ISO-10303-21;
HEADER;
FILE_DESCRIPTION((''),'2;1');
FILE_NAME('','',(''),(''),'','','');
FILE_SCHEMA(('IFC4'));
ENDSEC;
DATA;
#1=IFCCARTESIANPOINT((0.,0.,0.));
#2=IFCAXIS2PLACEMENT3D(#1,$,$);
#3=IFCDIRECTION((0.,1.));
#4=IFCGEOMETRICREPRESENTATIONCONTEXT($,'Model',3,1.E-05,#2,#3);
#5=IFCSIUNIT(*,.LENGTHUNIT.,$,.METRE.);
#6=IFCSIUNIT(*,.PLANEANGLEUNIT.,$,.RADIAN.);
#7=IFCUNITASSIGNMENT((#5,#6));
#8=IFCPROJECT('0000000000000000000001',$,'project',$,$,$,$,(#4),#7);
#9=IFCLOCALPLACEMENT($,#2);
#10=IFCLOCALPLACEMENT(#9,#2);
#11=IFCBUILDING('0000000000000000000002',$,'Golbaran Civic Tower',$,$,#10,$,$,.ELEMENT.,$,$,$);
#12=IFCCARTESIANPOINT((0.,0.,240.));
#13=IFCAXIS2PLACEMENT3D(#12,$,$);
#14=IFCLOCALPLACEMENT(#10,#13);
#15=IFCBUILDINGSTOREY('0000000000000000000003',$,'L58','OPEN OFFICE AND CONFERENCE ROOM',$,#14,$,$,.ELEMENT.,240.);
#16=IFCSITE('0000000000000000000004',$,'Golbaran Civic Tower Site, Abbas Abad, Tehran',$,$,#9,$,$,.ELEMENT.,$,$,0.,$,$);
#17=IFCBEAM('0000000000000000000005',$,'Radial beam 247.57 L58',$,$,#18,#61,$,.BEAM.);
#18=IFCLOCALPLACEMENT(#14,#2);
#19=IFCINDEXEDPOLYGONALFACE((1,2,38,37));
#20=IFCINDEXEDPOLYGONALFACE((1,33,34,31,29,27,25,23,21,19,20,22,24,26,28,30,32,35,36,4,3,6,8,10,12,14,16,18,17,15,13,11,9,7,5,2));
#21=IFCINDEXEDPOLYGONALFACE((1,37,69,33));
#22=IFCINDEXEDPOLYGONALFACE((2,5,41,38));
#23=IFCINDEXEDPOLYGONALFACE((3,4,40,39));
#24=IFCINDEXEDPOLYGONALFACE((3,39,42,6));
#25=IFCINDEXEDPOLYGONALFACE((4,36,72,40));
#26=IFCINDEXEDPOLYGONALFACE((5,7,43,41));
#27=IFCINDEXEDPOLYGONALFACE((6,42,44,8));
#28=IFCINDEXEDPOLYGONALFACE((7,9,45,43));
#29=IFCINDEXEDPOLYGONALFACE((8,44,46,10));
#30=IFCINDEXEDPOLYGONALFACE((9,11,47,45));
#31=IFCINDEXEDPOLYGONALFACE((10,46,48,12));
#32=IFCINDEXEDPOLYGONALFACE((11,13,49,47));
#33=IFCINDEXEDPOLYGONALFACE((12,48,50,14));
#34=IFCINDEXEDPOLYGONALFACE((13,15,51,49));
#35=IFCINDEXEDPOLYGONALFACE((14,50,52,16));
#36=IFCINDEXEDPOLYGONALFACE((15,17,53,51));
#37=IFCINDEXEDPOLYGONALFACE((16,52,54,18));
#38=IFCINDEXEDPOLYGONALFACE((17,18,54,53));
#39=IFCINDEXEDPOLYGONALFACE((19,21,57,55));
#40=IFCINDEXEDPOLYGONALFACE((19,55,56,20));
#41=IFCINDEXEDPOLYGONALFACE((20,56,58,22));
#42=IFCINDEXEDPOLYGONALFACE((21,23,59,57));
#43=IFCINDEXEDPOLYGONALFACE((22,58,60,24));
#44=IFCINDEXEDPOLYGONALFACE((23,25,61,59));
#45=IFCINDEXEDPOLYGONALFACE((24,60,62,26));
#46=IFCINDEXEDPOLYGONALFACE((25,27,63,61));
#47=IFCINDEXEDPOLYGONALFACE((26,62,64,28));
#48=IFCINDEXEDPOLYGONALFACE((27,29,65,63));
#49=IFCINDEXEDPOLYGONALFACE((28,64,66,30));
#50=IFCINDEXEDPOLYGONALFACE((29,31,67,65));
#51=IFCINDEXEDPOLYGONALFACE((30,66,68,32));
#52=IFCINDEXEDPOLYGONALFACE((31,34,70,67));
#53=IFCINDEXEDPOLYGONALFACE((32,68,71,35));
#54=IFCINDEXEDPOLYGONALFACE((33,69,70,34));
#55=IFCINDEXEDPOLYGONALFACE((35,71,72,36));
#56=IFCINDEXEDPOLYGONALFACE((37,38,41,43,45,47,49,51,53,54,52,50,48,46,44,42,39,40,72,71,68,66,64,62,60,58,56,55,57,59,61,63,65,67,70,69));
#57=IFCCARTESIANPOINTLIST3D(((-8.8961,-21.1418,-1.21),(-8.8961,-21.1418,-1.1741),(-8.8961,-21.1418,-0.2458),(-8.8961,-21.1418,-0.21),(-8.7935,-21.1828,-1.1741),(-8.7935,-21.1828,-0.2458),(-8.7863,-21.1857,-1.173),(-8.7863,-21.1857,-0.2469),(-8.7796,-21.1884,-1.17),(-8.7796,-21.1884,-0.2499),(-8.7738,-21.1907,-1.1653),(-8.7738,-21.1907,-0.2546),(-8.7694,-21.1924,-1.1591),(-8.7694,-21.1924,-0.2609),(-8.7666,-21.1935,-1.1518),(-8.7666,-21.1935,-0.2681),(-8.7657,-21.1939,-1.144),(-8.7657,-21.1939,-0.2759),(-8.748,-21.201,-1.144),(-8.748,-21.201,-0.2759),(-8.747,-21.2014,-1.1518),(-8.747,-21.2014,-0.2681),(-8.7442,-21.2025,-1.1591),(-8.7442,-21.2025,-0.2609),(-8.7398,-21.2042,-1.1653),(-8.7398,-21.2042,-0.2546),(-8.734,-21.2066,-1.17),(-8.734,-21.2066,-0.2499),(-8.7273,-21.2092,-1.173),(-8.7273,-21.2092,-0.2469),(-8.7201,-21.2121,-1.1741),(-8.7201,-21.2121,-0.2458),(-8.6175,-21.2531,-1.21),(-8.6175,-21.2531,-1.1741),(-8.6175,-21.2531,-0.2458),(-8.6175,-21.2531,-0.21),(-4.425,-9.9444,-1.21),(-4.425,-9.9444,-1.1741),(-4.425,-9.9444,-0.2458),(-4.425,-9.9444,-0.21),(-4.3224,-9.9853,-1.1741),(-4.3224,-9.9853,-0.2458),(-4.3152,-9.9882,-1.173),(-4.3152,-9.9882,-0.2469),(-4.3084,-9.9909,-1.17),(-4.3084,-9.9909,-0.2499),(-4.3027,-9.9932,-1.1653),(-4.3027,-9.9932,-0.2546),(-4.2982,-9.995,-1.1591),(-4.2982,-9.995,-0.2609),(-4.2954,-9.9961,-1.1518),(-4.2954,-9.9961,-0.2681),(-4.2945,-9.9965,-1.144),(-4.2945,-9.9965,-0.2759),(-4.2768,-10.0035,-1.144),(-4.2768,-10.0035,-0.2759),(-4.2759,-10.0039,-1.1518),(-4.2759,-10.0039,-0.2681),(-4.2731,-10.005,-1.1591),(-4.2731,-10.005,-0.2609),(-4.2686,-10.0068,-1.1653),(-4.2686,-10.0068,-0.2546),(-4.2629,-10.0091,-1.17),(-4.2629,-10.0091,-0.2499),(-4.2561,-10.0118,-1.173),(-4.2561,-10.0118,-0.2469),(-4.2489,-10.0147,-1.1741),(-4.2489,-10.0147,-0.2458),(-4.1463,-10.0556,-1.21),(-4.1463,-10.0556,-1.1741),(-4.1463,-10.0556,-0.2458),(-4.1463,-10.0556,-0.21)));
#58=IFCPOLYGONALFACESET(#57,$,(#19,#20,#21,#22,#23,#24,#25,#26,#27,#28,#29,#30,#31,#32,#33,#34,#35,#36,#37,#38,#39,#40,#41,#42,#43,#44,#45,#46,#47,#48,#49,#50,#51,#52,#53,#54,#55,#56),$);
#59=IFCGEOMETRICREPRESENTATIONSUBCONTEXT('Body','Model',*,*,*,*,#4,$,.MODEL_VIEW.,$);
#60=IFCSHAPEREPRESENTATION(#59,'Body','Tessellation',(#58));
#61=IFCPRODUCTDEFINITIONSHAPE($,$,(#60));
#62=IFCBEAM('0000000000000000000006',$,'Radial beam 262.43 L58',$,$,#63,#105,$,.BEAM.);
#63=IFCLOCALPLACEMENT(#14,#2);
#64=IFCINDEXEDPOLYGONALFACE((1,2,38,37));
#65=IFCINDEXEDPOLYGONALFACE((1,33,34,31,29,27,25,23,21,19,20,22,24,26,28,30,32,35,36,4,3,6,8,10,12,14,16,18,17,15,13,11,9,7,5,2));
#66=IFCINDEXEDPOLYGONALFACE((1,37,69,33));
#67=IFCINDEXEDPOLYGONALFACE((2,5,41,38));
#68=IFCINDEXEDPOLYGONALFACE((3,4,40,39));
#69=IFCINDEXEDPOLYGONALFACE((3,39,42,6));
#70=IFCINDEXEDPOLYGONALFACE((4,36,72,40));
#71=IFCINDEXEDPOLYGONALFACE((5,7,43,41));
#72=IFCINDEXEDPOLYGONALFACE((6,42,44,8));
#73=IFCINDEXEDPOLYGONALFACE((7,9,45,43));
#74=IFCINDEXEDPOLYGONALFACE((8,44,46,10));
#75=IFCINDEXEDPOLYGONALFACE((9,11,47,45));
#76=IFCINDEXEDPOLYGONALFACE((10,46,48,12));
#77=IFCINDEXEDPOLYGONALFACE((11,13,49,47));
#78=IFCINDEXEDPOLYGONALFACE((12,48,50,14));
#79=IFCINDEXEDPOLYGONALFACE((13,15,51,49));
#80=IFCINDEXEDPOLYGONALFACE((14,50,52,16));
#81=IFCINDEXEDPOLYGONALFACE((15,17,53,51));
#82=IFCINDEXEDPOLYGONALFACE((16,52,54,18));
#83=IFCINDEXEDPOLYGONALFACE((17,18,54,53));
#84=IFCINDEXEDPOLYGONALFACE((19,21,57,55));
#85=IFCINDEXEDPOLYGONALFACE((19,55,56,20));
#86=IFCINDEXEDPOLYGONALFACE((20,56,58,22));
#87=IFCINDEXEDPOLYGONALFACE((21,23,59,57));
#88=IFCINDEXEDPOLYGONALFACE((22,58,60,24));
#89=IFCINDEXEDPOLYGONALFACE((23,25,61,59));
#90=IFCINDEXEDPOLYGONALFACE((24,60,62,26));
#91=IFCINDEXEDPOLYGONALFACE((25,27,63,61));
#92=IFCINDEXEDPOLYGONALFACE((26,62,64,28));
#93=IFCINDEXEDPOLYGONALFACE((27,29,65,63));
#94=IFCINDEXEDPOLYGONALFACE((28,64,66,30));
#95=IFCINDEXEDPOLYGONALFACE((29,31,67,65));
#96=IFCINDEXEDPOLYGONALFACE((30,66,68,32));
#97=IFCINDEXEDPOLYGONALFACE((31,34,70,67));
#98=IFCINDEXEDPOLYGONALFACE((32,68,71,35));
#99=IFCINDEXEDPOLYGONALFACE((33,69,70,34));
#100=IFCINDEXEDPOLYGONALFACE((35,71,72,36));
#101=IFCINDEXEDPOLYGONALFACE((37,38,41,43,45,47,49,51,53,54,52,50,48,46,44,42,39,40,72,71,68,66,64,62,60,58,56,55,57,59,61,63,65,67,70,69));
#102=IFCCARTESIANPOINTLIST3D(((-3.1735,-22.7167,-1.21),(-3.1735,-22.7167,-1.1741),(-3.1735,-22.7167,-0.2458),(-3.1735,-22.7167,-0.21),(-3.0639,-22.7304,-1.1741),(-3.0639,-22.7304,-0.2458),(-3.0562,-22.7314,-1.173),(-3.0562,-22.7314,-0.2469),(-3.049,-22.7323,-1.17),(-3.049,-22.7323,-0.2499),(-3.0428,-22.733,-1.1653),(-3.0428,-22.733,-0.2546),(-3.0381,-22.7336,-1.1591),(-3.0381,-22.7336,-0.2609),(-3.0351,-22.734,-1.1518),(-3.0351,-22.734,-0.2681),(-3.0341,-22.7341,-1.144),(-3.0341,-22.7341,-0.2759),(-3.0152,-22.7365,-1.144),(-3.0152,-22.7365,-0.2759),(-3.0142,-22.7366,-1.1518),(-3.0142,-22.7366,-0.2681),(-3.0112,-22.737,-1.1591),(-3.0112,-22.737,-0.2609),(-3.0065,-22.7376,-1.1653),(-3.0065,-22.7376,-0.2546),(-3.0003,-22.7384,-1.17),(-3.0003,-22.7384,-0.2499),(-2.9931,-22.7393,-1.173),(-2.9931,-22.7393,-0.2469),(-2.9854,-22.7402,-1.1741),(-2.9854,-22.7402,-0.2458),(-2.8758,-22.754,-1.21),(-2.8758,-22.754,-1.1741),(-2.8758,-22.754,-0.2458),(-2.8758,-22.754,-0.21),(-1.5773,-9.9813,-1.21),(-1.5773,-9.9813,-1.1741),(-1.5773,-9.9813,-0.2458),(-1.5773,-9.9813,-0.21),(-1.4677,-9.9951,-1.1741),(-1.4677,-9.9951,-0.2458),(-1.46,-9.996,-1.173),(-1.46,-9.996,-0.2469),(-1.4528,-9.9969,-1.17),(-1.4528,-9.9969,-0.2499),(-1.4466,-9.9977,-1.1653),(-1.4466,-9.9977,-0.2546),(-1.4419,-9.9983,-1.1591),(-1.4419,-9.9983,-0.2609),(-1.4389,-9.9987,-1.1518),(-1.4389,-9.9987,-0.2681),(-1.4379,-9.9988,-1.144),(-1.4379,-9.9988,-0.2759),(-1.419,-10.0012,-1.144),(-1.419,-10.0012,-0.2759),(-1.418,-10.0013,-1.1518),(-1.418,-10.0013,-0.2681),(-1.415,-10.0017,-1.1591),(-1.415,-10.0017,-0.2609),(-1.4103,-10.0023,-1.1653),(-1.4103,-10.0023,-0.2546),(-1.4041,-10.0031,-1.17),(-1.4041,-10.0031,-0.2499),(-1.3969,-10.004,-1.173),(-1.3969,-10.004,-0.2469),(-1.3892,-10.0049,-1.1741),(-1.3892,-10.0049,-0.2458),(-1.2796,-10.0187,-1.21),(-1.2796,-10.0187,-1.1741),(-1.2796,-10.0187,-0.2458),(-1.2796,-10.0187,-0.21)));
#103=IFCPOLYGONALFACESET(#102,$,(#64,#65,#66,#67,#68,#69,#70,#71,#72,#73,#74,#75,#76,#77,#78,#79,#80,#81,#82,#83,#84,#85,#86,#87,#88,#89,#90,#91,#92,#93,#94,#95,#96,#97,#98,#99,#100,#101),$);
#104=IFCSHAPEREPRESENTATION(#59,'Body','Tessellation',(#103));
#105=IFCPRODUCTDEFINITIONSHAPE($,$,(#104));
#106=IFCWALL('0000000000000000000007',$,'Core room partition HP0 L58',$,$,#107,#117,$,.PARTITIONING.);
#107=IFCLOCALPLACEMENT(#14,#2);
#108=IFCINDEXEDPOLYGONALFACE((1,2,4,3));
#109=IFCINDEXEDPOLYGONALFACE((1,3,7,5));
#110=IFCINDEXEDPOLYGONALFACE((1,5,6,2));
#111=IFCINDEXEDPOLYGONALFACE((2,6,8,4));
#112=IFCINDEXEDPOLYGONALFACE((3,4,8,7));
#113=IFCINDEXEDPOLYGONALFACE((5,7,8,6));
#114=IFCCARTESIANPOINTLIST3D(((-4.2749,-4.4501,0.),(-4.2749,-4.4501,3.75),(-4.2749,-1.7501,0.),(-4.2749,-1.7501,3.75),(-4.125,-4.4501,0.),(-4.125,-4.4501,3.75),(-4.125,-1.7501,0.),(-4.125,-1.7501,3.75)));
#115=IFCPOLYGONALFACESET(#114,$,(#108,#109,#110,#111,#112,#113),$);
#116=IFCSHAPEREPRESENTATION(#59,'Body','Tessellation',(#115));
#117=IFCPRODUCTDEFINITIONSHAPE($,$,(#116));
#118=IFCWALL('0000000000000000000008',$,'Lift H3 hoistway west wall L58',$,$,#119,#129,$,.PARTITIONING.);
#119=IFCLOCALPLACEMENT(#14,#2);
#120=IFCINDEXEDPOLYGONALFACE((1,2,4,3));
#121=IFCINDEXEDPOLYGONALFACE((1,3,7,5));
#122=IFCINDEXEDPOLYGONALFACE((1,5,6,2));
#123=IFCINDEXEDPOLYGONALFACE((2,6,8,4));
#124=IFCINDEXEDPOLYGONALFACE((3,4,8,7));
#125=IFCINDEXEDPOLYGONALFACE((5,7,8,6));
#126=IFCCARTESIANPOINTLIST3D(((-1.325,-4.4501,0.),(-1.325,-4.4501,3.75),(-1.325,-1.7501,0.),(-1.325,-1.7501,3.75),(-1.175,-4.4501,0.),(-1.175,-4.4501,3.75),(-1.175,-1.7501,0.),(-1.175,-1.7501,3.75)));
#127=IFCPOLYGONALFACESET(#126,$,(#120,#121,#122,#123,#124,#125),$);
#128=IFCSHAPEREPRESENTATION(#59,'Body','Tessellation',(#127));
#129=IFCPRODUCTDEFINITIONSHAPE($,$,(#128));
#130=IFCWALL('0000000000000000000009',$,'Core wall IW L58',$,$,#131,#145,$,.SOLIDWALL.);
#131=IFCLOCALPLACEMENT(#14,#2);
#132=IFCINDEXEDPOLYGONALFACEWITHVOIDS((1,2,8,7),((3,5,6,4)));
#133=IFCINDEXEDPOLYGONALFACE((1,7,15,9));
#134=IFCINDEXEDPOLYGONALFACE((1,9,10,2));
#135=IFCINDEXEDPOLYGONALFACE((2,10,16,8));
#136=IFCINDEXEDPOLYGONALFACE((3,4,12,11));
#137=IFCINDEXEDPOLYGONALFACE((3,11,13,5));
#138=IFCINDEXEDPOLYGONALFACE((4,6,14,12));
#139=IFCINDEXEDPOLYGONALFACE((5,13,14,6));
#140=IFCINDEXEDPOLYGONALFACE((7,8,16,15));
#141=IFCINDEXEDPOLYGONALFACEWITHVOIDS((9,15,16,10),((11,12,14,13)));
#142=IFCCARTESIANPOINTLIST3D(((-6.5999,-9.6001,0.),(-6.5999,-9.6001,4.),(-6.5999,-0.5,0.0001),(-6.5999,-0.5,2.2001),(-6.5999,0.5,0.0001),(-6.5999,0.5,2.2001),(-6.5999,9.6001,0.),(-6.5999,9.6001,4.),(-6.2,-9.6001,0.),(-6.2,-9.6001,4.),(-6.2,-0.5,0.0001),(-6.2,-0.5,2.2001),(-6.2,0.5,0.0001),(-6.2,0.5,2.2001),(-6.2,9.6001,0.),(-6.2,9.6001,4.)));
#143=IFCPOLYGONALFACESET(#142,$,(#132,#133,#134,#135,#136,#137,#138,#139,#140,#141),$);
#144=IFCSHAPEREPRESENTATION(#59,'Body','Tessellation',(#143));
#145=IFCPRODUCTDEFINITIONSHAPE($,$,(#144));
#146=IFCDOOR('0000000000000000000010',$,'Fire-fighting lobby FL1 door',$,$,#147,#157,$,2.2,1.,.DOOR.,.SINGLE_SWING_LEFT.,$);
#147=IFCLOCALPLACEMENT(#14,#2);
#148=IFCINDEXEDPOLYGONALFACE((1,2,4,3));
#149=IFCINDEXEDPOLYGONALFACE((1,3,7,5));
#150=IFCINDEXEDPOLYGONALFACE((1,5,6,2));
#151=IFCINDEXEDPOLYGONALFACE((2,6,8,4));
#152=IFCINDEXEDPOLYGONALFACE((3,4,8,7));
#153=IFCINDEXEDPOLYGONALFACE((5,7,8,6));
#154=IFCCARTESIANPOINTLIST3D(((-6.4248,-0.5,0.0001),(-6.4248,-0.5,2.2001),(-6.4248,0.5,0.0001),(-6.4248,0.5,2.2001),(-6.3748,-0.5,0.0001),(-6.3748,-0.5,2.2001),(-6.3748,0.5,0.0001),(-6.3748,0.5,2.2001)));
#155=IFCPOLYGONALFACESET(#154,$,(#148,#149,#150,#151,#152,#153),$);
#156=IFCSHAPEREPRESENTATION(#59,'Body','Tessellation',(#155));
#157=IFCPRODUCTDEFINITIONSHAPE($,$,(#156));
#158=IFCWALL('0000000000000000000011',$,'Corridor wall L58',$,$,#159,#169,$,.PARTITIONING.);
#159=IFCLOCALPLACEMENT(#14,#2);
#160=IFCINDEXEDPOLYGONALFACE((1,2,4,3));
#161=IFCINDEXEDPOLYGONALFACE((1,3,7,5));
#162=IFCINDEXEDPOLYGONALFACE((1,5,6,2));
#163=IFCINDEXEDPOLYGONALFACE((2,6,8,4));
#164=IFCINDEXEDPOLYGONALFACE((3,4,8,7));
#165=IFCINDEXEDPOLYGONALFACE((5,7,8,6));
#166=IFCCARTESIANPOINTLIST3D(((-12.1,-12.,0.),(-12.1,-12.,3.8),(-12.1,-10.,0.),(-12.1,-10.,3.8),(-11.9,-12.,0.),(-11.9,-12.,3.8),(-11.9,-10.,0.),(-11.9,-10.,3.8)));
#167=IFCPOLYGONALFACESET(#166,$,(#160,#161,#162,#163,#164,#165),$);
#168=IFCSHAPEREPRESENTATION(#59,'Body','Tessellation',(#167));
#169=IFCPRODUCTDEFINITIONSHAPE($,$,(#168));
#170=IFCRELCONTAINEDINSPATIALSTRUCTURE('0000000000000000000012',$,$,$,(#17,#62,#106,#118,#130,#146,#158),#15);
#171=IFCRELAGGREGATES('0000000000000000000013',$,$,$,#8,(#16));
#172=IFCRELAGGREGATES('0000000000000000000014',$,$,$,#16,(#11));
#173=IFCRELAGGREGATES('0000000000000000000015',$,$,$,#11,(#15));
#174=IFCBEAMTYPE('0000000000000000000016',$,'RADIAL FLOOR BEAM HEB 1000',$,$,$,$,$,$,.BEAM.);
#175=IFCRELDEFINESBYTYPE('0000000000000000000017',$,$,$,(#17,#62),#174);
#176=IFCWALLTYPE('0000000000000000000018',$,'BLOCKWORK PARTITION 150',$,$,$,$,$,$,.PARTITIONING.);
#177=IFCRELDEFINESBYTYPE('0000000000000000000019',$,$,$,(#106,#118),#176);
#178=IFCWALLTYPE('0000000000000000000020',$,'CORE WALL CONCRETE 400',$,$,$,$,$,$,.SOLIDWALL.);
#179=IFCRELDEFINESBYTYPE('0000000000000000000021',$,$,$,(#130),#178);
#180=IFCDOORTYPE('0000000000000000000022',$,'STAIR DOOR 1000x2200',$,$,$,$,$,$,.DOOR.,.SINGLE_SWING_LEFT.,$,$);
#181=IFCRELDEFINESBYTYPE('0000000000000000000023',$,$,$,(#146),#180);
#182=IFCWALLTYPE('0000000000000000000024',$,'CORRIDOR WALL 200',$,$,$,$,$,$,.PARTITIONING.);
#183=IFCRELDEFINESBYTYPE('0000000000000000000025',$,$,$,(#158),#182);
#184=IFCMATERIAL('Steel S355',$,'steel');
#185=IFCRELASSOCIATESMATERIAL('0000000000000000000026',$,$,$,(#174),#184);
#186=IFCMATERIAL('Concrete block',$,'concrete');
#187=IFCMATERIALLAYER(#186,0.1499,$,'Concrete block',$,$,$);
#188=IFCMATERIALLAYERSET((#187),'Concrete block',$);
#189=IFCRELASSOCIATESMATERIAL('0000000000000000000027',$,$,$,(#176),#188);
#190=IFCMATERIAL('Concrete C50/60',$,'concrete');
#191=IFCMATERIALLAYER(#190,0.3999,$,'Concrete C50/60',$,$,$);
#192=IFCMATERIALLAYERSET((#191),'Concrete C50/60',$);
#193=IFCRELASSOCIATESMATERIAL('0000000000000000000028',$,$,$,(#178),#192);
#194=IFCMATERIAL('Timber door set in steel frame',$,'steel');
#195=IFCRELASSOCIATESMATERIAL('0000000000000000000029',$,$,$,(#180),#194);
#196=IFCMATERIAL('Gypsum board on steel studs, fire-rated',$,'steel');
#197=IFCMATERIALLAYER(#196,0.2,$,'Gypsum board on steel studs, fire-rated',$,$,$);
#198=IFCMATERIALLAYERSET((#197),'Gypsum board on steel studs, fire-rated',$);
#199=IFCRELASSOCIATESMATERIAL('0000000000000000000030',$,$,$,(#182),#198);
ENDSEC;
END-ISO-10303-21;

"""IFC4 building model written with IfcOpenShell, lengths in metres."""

from ifc_helpers import new_model, si_unit, direction, frame, frame_2d, origin, origin_2d, place, context, subcontext, project, spatial, rectangle, i_section, extrude, material, layer, layer_set, material_profile, profile_set, type_object, element, fill, save


model = new_model("IFC4")

# Units and contexts
model_context = context("Model", 3, precision=1e-05, world=origin(), true_north=direction((0.0, 1.0)))
body_context = subcontext(model_context, "Body", "Model", "MODEL_VIEW")
ifc_project = project(units=[si_unit("LENGTHUNIT", "METRE"), si_unit("PLANEANGLEUNIT", "RADIAN")], contexts=[model_context])

# Site, building, storey
site_placement = place(None, origin())
site = spatial("IfcSite", under=ifc_project, at=site_placement, Name="Golbaran Civic Tower Site, Abbas Abad, Tehran", CompositionType="ELEMENT", RefElevation=0.0)
building_placement = place(site_placement, origin())
building = spatial("IfcBuilding", under=site, at=building_placement, Name="Golbaran Civic Tower", CompositionType="ELEMENT")
storey_placement = place(building_placement, frame((0.0, 0.0, 240.0)))
storey = spatial("IfcBuildingStorey", under=building, at=storey_placement, Name="L58", Description="OPEN OFFICE AND CONFERENCE ROOM", CompositionType="ELEMENT", Elevation=240.0)

# Beams
ifc_material_1 = material(Name="Steel S355", Category="steel")
ifc_material_profile = material_profile(ifc_material_1, i_section(OverallWidth=0.3, OverallDepth=1.0, WebThickness=0.019, FlangeThickness=0.0359, FilletRadius=0.03, at=origin_2d()), Name="HEB 1000")
ifc_profile_set = profile_set([ifc_material_profile], Name="Steel S355")
beam_type = type_object("IfcBeamType", Name="RADIAL FLOOR BEAM HEB 1000", PredefinedType="BEAM", material=ifc_profile_set)
beam_1_placement = place(storey_placement, frame((-4.2856, -10.0, -0.71), z_axis=(-0.370832, -0.9287, 0.0), x_axis=(0.9287, -0.370832, 0.0)))
element("IfcBeam", 1, at=beam_1_placement, inside=storey, type_object=beam_type, Name="Radial beam 247.57 L58", PredefinedType="BEAM", context=body_context, shape_type="SweptSolid", body=[
    extrude(i_section(OverallWidth=0.3, OverallDepth=1.0, WebThickness=0.019, FlangeThickness=0.0359, FilletRadius=0.03, at=origin_2d()), origin(), (0.0, 0.0, 1.0), 12.0571),
])
beam_2_placement = place(storey_placement, frame((-1.4285, -10.0, -0.71), z_axis=(-0.124362, -0.992237, 0.0), x_axis=(0.992237, -0.124362, 0.0)))
element("IfcBeam", 2, at=beam_2_placement, inside=storey, type_object=beam_type, Name="Radial beam 262.43 L58", PredefinedType="BEAM", context=body_context, shape_type="SweptSolid", body=[
    extrude(i_section(OverallWidth=0.3, OverallDepth=1.0, WebThickness=0.019, FlangeThickness=0.0359, FilletRadius=0.03, at=origin_2d()), origin(), (0.0, 0.0, 1.0), 12.835),
])

# Walls
ifc_material_2 = material(Name="Concrete block", Category="concrete")
ifc_layer_1 = layer(ifc_material_2, 0.1499, Name="Concrete block")
ifc_layer_set_1 = layer_set([ifc_layer_1], Name="Concrete block")
wall_type_1 = type_object("IfcWallType", Name="BLOCKWORK PARTITION 150", PredefinedType="PARTITIONING", material=ifc_layer_set_1)
for number, where, z_axis, x_axis, name in (
    (3, (-4.2, -1.75, 0.0), (0.0, 0.0, 1.0), (0.0, -1.0, 0.0), "Core room partition HP0 L58"),
    (4, (-1.25, -1.75, 0.0), (0.0, 0.0, 1.0), (0.0, -1.0, 0.0), "Lift H3 hoistway west wall L58"),
):
    element("IfcWall", number, at=place(storey_placement, frame(where, z_axis=z_axis, x_axis=x_axis)), inside=storey, type_object=wall_type_1, Name=name, PredefinedType="PARTITIONING", context=body_context, shape_type="SweptSolid", body=[
        extrude(rectangle(XDim=2.7, YDim=0.1499, at=frame_2d((1.3501, 0.0))), origin(), (0.0, 0.0, 1.0), 3.75),
    ])

# Wall, opening, door
ifc_material_3 = material(Name="Concrete C50/60", Category="concrete")
ifc_layer_2 = layer(ifc_material_3, 0.3999, Name="Concrete C50/60")
ifc_layer_set_2 = layer_set([ifc_layer_2], Name="Concrete C50/60")
wall_type_2 = type_object("IfcWallType", Name="CORE WALL CONCRETE 400", PredefinedType="SOLIDWALL", material=ifc_layer_set_2)
wall_1_placement = place(storey_placement, frame((-6.3999, -9.6001, 0.0), z_axis=(0.0, 0.0, 1.0), x_axis=(0.0, 1.0, 0.0)))
wall_1 = element("IfcWall", 5, at=wall_1_placement, inside=storey, type_object=wall_type_2, Name="Core wall IW L58", PredefinedType="SOLIDWALL", context=body_context, shape_type="SweptSolid", body=[
    extrude(rectangle(XDim=19.2002, YDim=0.3999, at=frame_2d((9.6001, 0.0))), origin(), (0.0, 0.0, 1.0), 4.0),
])
opening_1_placement = place(wall_1_placement, frame((9.1001, 0.0, 0.0)))
opening_1 = element("IfcOpeningElement", 6, at=opening_1_placement, cuts=wall_1, PredefinedType="OPENING", context=body_context, shape_type="SweptSolid", body=[
    extrude(rectangle(XDim=1.0, YDim=2.2, at=frame_2d((0.5, 1.1001))), frame((0.0, 0.21, 0.0), z_axis=(0.0, -1.0, 0.0), x_axis=(1.0, 0.0, 0.0)), (0.0, 0.0, 1.0), 0.4199),
])
ifc_material_4 = material(Name="Timber door set in steel frame", Category="steel")
door_type_1 = type_object("IfcDoorType", Name="STAIR DOOR 1000x2200", OperationType="SINGLE_SWING_LEFT", PredefinedType="DOOR", material=ifc_material_4)
door_1_placement = place(opening_1_placement, origin())
door_1 = element("IfcDoor", 7, at=door_1_placement, inside=storey, type_object=door_type_1, Name="Fire-fighting lobby FL1 door", OperationType="SINGLE_SWING_LEFT", OverallHeight=2.2, OverallWidth=1.0, PredefinedType="DOOR", context=body_context, shape_type="SweptSolid", body=[
    extrude(rectangle(XDim=1.0, YDim=2.2, at=frame_2d((0.5, 1.1001))), frame((0.0, 0.0249, 0.0), z_axis=(0.0, -1.0, 0.0), x_axis=(1.0, 0.0, 0.0)), (0.0, 0.0, 1.0), 0.05),
])
fill(opening_1, door_1)

# Wall
ifc_material_5 = material(Name="Gypsum board on steel studs, fire-rated", Category="steel")
ifc_layer_3 = layer(ifc_material_5, 0.2, Name="Gypsum board on steel studs, fire-rated")
ifc_layer_set_3 = layer_set([ifc_layer_3], Name="Gypsum board on steel studs, fire-rated")
wall_type_3 = type_object("IfcWallType", Name="CORRIDOR WALL 200", PredefinedType="PARTITIONING", material=ifc_layer_set_3)
wall_2_placement = place(storey_placement, frame((-12.0, -10.0, 0.0), z_axis=(0.0, 0.0, 1.0), x_axis=(0.0, -1.0, 0.0)))
element("IfcWall", 8, at=wall_2_placement, inside=storey, type_object=wall_type_3, Name="Corridor wall L58", PredefinedType="PARTITIONING", context=body_context, shape_type="SweptSolid", body=[
    extrude(rectangle(XDim=2.0, YDim=0.2, at=frame_2d((1.0, 0.0))), origin(), (0.0, 0.0, 1.0), 3.8),
])

save(model, "model.ifc")
